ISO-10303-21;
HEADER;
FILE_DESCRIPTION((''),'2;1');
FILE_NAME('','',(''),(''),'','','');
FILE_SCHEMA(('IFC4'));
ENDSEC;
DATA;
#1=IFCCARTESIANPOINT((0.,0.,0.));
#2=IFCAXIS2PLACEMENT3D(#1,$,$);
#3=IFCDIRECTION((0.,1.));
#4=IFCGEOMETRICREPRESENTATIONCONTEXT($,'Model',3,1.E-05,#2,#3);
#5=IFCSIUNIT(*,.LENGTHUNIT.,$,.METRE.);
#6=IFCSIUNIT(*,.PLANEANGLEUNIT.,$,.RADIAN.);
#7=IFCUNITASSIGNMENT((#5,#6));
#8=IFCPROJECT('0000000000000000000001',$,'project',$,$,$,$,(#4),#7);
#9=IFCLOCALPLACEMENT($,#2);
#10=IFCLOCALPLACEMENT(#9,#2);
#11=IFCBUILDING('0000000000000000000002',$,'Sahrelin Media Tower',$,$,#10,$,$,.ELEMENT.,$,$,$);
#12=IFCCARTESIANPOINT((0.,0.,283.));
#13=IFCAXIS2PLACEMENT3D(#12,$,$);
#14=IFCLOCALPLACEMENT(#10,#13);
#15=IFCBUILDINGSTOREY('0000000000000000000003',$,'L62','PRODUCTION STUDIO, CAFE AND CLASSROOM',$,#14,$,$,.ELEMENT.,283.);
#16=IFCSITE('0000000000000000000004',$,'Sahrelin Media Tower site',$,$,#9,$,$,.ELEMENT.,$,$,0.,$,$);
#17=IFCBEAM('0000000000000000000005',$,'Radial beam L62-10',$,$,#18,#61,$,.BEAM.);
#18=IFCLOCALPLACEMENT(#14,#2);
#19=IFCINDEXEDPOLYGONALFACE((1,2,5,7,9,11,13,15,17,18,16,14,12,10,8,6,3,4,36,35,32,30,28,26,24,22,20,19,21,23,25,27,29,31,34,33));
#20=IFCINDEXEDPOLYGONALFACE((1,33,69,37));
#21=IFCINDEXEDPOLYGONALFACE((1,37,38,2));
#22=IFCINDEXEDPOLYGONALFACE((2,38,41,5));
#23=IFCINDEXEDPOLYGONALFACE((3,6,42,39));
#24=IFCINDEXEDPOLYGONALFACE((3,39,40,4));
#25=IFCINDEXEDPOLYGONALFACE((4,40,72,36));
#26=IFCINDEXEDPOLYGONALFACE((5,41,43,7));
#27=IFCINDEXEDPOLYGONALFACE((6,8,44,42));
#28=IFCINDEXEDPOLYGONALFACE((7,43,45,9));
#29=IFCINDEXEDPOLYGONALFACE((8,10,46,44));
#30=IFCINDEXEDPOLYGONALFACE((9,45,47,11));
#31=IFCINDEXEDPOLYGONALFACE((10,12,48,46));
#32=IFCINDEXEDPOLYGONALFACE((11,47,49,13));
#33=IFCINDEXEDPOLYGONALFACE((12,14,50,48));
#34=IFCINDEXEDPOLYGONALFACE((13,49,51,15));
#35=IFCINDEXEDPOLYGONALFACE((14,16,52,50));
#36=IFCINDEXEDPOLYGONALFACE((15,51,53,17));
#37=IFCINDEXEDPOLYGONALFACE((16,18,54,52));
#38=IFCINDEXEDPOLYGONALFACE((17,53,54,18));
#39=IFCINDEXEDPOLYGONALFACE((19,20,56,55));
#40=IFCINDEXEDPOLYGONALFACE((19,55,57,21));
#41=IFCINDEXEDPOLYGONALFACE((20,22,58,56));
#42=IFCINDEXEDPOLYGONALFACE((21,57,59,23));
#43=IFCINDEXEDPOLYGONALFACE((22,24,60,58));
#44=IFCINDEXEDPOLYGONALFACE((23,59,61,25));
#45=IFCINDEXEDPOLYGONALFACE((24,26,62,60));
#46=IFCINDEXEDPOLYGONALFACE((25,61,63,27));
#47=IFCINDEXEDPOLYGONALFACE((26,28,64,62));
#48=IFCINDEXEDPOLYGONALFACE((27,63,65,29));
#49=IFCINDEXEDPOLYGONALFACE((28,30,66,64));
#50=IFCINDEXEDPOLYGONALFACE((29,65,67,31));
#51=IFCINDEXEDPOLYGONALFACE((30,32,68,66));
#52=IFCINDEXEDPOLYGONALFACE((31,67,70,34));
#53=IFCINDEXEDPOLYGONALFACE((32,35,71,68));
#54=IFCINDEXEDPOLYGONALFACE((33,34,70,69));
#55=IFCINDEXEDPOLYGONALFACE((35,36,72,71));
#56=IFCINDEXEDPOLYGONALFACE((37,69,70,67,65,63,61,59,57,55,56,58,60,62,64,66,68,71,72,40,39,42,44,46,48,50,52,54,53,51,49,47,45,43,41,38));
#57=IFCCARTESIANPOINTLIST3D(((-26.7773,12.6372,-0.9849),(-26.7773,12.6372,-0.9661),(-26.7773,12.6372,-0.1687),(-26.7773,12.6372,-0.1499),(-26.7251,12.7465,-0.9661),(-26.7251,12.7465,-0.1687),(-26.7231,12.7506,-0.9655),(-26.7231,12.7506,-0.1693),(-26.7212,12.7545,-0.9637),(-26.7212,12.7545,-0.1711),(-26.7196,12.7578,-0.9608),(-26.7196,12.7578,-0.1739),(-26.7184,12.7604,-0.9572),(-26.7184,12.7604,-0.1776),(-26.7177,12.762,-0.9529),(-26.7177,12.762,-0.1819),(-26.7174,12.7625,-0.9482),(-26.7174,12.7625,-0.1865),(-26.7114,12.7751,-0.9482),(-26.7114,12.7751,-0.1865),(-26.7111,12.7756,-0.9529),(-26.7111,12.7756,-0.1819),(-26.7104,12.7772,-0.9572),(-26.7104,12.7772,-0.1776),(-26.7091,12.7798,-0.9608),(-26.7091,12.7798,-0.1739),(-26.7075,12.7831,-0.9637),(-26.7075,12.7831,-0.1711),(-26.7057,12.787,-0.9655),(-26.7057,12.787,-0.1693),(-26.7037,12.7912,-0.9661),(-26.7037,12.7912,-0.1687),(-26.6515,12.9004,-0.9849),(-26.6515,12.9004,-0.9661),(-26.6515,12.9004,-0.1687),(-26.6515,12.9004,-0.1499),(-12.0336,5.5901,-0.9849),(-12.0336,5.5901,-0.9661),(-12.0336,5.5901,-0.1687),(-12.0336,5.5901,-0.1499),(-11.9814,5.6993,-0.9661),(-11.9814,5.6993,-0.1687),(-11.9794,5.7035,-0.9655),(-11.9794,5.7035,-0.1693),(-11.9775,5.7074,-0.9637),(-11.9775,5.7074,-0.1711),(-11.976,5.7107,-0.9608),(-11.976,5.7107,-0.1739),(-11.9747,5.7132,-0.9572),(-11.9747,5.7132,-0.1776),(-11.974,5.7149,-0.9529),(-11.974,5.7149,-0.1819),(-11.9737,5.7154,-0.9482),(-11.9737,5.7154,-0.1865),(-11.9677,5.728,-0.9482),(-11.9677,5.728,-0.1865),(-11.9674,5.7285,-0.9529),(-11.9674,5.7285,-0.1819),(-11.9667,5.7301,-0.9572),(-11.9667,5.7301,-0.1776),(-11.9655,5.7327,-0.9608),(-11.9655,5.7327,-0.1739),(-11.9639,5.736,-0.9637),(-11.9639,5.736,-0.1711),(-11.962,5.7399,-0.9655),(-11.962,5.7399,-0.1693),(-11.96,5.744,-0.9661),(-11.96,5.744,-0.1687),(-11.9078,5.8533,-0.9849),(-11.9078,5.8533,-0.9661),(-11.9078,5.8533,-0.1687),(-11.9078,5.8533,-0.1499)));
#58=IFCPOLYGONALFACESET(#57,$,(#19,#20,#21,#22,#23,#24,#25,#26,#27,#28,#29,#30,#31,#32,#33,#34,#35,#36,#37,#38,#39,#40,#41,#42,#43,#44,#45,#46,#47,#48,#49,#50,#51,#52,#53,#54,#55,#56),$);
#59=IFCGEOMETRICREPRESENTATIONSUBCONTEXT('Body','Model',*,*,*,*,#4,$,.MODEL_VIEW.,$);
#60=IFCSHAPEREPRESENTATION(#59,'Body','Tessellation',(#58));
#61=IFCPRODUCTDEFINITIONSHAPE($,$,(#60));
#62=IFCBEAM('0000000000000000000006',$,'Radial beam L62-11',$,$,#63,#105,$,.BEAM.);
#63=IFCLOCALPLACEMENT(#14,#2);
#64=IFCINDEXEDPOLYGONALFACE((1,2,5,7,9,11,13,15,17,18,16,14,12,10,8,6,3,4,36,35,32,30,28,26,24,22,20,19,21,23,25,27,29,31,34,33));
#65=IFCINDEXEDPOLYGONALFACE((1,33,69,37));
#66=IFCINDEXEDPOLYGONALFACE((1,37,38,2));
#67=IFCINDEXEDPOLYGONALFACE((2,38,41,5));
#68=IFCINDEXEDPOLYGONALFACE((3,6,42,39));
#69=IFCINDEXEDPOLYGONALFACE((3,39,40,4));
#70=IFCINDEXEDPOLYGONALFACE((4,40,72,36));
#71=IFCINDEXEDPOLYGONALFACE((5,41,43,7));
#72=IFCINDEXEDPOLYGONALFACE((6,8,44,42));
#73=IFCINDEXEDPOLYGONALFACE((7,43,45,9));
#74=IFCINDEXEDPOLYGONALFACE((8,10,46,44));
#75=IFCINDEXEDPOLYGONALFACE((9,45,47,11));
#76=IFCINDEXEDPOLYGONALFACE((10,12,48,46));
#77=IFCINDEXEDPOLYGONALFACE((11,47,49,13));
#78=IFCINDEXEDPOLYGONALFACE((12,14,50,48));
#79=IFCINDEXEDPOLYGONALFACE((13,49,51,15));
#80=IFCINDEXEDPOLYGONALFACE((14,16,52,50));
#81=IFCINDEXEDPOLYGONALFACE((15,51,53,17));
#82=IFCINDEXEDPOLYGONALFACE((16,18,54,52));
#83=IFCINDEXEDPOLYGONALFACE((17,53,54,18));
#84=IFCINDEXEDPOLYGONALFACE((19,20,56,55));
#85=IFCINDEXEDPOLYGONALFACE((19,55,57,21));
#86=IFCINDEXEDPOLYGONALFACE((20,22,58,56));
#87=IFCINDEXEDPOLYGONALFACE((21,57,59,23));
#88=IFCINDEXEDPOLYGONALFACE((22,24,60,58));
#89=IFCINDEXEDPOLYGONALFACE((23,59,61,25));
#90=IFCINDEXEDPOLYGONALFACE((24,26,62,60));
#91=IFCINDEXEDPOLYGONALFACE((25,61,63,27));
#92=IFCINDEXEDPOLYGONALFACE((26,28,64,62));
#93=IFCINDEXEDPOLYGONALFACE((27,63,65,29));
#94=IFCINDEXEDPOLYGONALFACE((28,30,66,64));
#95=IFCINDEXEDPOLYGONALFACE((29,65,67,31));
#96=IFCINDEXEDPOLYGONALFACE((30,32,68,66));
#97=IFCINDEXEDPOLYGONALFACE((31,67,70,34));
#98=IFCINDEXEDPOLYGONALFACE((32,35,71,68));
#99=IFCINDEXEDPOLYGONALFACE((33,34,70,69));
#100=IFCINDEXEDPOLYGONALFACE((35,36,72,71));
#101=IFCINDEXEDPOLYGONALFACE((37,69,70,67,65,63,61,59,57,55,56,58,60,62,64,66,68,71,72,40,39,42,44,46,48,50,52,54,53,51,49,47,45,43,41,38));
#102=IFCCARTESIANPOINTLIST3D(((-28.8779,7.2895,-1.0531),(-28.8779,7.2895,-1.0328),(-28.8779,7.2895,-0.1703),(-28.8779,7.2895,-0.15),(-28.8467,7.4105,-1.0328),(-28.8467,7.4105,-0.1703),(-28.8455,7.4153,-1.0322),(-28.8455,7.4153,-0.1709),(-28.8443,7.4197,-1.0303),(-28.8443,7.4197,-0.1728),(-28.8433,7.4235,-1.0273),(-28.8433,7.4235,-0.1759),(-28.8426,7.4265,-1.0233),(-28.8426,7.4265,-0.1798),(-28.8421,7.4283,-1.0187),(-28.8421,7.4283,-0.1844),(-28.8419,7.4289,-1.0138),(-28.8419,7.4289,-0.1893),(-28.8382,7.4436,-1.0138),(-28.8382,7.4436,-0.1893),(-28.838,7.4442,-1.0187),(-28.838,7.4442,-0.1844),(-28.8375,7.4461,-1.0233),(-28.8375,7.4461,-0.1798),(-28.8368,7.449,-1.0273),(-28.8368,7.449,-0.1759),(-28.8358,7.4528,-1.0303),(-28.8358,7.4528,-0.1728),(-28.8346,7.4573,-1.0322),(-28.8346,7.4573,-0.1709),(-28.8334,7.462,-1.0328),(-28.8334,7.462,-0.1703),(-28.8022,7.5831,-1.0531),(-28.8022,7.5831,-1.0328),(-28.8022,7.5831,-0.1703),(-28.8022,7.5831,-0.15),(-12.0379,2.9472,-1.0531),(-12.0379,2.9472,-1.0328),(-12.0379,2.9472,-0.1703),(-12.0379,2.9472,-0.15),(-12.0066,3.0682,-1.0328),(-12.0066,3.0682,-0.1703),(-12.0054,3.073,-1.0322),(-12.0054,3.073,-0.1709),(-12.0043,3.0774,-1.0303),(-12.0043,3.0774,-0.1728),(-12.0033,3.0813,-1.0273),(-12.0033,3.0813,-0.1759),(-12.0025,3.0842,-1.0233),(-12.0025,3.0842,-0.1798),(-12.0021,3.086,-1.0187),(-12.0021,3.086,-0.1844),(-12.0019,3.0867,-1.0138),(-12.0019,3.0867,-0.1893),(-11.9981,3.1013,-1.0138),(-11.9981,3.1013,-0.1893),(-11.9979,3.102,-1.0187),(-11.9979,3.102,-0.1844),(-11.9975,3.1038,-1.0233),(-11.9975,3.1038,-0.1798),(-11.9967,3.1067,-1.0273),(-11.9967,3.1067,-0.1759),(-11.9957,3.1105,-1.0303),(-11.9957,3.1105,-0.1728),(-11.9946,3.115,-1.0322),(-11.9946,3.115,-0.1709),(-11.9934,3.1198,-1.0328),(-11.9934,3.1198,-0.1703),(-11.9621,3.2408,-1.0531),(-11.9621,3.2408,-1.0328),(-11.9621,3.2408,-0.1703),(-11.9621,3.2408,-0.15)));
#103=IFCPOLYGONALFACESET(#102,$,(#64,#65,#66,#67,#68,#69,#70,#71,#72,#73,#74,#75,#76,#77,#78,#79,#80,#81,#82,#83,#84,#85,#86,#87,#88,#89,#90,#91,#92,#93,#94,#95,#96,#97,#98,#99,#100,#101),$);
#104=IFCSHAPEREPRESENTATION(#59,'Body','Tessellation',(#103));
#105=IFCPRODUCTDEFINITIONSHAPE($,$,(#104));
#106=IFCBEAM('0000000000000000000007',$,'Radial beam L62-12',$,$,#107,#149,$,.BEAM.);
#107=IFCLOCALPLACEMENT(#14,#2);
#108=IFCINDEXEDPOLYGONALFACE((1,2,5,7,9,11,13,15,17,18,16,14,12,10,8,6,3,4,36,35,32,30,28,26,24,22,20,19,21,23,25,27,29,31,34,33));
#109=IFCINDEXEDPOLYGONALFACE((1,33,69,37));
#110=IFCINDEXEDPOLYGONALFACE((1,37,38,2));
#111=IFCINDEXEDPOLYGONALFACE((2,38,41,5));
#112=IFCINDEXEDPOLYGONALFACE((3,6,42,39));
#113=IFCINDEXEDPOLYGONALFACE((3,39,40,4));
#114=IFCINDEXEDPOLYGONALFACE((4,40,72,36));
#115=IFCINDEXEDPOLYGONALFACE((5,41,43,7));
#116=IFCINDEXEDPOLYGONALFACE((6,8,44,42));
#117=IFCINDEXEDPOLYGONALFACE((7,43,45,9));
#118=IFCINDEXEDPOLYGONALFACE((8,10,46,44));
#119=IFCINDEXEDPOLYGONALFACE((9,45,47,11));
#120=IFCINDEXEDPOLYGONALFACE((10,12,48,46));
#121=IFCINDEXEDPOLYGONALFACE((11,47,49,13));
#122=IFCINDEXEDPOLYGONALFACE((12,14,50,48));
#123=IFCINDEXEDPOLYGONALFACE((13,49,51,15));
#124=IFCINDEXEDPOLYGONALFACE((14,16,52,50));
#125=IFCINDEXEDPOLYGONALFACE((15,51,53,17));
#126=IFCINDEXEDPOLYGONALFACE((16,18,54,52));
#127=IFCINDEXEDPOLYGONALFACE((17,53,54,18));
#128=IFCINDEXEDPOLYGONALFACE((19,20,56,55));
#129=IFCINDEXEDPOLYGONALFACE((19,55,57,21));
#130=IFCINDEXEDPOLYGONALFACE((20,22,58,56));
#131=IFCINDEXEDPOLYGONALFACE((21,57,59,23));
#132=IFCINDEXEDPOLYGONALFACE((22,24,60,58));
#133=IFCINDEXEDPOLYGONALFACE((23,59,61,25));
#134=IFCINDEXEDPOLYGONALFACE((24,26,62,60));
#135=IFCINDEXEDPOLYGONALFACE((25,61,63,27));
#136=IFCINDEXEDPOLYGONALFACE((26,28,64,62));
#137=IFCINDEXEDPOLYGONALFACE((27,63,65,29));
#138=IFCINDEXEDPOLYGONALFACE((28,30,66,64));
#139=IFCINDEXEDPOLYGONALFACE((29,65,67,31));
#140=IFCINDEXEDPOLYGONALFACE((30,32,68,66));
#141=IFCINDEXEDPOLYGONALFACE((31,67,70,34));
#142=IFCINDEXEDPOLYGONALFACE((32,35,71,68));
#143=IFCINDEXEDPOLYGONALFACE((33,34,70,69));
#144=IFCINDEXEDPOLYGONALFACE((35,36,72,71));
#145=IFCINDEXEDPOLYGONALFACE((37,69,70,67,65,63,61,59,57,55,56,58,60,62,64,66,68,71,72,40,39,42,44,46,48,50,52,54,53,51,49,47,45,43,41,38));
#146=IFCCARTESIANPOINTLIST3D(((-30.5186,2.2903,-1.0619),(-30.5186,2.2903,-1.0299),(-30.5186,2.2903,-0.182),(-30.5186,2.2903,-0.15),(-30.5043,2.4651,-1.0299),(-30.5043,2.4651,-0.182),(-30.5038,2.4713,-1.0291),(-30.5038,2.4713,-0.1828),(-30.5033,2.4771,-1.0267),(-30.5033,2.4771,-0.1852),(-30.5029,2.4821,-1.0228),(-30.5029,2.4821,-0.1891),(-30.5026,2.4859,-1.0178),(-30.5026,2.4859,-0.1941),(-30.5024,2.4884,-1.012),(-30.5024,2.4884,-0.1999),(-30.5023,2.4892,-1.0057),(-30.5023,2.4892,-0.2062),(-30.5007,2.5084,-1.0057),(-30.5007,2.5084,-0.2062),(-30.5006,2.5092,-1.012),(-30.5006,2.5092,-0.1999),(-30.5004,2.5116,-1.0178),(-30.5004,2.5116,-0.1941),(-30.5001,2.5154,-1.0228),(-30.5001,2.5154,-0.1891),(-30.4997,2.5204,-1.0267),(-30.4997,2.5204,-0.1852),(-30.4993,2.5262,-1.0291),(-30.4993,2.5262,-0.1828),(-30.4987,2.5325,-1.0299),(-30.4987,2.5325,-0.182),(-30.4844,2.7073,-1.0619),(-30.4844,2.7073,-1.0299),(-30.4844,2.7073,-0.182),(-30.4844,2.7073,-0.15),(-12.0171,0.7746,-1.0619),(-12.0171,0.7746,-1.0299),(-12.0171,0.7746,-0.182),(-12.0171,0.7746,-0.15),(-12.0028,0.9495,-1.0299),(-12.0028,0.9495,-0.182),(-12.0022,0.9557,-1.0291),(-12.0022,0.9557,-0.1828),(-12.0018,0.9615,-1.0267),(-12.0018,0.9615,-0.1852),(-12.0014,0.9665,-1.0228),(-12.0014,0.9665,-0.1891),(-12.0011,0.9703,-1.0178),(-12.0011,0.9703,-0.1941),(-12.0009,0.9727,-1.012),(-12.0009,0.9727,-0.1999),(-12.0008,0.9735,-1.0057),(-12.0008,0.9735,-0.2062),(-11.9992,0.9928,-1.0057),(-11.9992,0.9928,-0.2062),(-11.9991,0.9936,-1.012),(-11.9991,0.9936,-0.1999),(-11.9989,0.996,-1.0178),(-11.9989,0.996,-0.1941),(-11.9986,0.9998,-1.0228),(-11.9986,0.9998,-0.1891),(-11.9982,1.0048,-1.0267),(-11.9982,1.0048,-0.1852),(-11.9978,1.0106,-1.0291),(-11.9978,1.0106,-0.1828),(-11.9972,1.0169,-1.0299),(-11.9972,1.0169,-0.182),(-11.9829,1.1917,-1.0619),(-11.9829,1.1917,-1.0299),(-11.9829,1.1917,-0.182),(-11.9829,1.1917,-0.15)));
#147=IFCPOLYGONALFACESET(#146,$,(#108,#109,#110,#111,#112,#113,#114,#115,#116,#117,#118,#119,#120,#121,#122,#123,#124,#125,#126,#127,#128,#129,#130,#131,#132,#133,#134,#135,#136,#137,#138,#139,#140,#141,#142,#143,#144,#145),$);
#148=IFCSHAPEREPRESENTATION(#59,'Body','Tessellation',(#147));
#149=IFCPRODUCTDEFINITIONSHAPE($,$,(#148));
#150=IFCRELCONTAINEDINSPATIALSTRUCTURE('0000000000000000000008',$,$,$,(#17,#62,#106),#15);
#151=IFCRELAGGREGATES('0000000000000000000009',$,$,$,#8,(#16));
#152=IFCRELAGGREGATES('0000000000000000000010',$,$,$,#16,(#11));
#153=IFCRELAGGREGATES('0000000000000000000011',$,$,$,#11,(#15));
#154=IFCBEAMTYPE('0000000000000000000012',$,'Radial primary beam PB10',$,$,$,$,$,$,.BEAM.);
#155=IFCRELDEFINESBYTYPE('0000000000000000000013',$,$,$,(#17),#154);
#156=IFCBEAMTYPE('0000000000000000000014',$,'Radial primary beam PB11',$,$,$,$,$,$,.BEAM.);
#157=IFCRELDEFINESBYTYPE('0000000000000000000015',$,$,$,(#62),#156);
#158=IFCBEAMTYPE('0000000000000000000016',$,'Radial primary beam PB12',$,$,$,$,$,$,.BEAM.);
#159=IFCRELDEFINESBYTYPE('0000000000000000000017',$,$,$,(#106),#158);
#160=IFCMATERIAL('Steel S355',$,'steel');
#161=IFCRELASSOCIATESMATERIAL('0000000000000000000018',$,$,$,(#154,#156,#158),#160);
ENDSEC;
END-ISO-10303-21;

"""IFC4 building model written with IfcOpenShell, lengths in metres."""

from ifc_helpers import new_model, si_unit, direction, frame, origin, origin_2d, place, context, subcontext, project, spatial, i_section, extrude, material, material_profile, profile_set, type_object, element, save


model = new_model("IFC4")

# Units and contexts
model_context = context("Model", 3, precision=1e-05, world=origin(), true_north=direction((0.0, 1.0)))
body_context = subcontext(model_context, "Body", "Model", "MODEL_VIEW")
ifc_project = project(units=[si_unit("LENGTHUNIT", "METRE"), si_unit("PLANEANGLEUNIT", "RADIAN")], contexts=[model_context])

# Site, building, storey
site_placement = place(None, origin())
site = spatial("IfcSite", under=ifc_project, at=site_placement, Name="Sahrelin Media Tower site", CompositionType="ELEMENT", RefElevation=0.0)
building_placement = place(site_placement, origin())
building = spatial("IfcBuilding", under=site, at=building_placement, Name="Sahrelin Media Tower", CompositionType="ELEMENT")
storey_placement = place(building_placement, frame((0.0, 0.0, 283.0)))
storey = spatial("IfcBuildingStorey", under=building, at=storey_placement, Name="L62", Description="PRODUCTION STUDIO, CAFE AND CLASSROOM", CompositionType="ELEMENT", Elevation=283.0)

# Beams
ifc_material_1 = material(Name="Steel S355", Category="steel")
ifc_material_profile_1 = material_profile(ifc_material_1, i_section(OverallWidth=0.2917, OverallDepth=0.835, WebThickness=0.0139, FlangeThickness=0.0188, FilletRadius=0.0178, at=origin_2d()), Name="UB 838x292x176")
ifc_profile_set_1 = profile_set([ifc_material_profile_1], Name="Steel S355")
beam_type_1 = type_object("IfcBeamType", Name="Radial primary beam PB10", PredefinedType="BEAM", material=ifc_profile_set_1)
beam_1_placement = place(storey_placement, frame((-11.9707, 5.7217, -0.5674), z_axis=(-0.902234, 0.431247, 0.0), x_axis=(-0.431247, -0.902234, 0.0)))
element("IfcBeam", 1, at=beam_1_placement, inside=storey, type_object=beam_type_1, Name="Radial beam L62-10", PredefinedType="BEAM", context=body_context, shape_type="SweptSolid", body=[
    extrude(i_section(OverallWidth=0.2917, OverallDepth=0.835, WebThickness=0.0139, FlangeThickness=0.0188, FilletRadius=0.0178, at=origin_2d()), origin(), (0.0, 0.0, 1.0), 16.3413),
])
ifc_material_profile_2 = material_profile(ifc_material_1, i_section(OverallWidth=0.3032, OverallDepth=0.9031, WebThickness=0.0151, FlangeThickness=0.0203, FilletRadius=0.019, at=origin_2d()), Name="UB 914x305x201")
ifc_profile_set_2 = profile_set([ifc_material_profile_2], Name="Steel S355")
beam_type_2 = type_object("IfcBeamType", Name="Radial primary beam PB11", PredefinedType="BEAM", material=ifc_profile_set_2)
beam_2_placement = place(storey_placement, frame((-12.0, 3.094, -0.6016), z_axis=(-0.968327, 0.249687, 0.0), x_axis=(-0.249687, -0.968327, 0.0)))
element("IfcBeam", 2, at=beam_2_placement, inside=storey, type_object=beam_type_2, Name="Radial beam L62-11", PredefinedType="BEAM", context=body_context, shape_type="SweptSolid", body=[
    extrude(i_section(OverallWidth=0.3032, OverallDepth=0.9031, WebThickness=0.0151, FlangeThickness=0.0203, FilletRadius=0.019, at=origin_2d()), origin(), (0.0, 0.0, 1.0), 17.3909),
])
ifc_material_profile_3 = material_profile(ifc_material_1, i_section(OverallWidth=0.4185, OverallDepth=0.9119, WebThickness=0.0193, FlangeThickness=0.032, FilletRadius=0.0242, at=origin_2d()), Name="UB 914x419x343")
ifc_profile_set_3 = profile_set([ifc_material_profile_3], Name="Steel S355")
beam_type_3 = type_object("IfcBeamType", Name="Radial primary beam PB12", PredefinedType="BEAM", material=ifc_profile_set_3)
beam_3_placement = place(storey_placement, frame((-12.0, 0.9832, -0.606), z_axis=(-0.996661, 0.081646, 0.0), x_axis=(-0.081646, -0.996661, 0.0)))
element("IfcBeam", 3, at=beam_3_placement, inside=storey, type_object=beam_type_3, Name="Radial beam L62-12", PredefinedType="BEAM", context=body_context, shape_type="SweptSolid", body=[
    extrude(i_section(OverallWidth=0.4185, OverallDepth=0.9119, WebThickness=0.0193, FlangeThickness=0.032, FilletRadius=0.0242, at=origin_2d()), origin(), (0.0, 0.0, 1.0), 18.5635),
])

save(model, "model.ifc")
